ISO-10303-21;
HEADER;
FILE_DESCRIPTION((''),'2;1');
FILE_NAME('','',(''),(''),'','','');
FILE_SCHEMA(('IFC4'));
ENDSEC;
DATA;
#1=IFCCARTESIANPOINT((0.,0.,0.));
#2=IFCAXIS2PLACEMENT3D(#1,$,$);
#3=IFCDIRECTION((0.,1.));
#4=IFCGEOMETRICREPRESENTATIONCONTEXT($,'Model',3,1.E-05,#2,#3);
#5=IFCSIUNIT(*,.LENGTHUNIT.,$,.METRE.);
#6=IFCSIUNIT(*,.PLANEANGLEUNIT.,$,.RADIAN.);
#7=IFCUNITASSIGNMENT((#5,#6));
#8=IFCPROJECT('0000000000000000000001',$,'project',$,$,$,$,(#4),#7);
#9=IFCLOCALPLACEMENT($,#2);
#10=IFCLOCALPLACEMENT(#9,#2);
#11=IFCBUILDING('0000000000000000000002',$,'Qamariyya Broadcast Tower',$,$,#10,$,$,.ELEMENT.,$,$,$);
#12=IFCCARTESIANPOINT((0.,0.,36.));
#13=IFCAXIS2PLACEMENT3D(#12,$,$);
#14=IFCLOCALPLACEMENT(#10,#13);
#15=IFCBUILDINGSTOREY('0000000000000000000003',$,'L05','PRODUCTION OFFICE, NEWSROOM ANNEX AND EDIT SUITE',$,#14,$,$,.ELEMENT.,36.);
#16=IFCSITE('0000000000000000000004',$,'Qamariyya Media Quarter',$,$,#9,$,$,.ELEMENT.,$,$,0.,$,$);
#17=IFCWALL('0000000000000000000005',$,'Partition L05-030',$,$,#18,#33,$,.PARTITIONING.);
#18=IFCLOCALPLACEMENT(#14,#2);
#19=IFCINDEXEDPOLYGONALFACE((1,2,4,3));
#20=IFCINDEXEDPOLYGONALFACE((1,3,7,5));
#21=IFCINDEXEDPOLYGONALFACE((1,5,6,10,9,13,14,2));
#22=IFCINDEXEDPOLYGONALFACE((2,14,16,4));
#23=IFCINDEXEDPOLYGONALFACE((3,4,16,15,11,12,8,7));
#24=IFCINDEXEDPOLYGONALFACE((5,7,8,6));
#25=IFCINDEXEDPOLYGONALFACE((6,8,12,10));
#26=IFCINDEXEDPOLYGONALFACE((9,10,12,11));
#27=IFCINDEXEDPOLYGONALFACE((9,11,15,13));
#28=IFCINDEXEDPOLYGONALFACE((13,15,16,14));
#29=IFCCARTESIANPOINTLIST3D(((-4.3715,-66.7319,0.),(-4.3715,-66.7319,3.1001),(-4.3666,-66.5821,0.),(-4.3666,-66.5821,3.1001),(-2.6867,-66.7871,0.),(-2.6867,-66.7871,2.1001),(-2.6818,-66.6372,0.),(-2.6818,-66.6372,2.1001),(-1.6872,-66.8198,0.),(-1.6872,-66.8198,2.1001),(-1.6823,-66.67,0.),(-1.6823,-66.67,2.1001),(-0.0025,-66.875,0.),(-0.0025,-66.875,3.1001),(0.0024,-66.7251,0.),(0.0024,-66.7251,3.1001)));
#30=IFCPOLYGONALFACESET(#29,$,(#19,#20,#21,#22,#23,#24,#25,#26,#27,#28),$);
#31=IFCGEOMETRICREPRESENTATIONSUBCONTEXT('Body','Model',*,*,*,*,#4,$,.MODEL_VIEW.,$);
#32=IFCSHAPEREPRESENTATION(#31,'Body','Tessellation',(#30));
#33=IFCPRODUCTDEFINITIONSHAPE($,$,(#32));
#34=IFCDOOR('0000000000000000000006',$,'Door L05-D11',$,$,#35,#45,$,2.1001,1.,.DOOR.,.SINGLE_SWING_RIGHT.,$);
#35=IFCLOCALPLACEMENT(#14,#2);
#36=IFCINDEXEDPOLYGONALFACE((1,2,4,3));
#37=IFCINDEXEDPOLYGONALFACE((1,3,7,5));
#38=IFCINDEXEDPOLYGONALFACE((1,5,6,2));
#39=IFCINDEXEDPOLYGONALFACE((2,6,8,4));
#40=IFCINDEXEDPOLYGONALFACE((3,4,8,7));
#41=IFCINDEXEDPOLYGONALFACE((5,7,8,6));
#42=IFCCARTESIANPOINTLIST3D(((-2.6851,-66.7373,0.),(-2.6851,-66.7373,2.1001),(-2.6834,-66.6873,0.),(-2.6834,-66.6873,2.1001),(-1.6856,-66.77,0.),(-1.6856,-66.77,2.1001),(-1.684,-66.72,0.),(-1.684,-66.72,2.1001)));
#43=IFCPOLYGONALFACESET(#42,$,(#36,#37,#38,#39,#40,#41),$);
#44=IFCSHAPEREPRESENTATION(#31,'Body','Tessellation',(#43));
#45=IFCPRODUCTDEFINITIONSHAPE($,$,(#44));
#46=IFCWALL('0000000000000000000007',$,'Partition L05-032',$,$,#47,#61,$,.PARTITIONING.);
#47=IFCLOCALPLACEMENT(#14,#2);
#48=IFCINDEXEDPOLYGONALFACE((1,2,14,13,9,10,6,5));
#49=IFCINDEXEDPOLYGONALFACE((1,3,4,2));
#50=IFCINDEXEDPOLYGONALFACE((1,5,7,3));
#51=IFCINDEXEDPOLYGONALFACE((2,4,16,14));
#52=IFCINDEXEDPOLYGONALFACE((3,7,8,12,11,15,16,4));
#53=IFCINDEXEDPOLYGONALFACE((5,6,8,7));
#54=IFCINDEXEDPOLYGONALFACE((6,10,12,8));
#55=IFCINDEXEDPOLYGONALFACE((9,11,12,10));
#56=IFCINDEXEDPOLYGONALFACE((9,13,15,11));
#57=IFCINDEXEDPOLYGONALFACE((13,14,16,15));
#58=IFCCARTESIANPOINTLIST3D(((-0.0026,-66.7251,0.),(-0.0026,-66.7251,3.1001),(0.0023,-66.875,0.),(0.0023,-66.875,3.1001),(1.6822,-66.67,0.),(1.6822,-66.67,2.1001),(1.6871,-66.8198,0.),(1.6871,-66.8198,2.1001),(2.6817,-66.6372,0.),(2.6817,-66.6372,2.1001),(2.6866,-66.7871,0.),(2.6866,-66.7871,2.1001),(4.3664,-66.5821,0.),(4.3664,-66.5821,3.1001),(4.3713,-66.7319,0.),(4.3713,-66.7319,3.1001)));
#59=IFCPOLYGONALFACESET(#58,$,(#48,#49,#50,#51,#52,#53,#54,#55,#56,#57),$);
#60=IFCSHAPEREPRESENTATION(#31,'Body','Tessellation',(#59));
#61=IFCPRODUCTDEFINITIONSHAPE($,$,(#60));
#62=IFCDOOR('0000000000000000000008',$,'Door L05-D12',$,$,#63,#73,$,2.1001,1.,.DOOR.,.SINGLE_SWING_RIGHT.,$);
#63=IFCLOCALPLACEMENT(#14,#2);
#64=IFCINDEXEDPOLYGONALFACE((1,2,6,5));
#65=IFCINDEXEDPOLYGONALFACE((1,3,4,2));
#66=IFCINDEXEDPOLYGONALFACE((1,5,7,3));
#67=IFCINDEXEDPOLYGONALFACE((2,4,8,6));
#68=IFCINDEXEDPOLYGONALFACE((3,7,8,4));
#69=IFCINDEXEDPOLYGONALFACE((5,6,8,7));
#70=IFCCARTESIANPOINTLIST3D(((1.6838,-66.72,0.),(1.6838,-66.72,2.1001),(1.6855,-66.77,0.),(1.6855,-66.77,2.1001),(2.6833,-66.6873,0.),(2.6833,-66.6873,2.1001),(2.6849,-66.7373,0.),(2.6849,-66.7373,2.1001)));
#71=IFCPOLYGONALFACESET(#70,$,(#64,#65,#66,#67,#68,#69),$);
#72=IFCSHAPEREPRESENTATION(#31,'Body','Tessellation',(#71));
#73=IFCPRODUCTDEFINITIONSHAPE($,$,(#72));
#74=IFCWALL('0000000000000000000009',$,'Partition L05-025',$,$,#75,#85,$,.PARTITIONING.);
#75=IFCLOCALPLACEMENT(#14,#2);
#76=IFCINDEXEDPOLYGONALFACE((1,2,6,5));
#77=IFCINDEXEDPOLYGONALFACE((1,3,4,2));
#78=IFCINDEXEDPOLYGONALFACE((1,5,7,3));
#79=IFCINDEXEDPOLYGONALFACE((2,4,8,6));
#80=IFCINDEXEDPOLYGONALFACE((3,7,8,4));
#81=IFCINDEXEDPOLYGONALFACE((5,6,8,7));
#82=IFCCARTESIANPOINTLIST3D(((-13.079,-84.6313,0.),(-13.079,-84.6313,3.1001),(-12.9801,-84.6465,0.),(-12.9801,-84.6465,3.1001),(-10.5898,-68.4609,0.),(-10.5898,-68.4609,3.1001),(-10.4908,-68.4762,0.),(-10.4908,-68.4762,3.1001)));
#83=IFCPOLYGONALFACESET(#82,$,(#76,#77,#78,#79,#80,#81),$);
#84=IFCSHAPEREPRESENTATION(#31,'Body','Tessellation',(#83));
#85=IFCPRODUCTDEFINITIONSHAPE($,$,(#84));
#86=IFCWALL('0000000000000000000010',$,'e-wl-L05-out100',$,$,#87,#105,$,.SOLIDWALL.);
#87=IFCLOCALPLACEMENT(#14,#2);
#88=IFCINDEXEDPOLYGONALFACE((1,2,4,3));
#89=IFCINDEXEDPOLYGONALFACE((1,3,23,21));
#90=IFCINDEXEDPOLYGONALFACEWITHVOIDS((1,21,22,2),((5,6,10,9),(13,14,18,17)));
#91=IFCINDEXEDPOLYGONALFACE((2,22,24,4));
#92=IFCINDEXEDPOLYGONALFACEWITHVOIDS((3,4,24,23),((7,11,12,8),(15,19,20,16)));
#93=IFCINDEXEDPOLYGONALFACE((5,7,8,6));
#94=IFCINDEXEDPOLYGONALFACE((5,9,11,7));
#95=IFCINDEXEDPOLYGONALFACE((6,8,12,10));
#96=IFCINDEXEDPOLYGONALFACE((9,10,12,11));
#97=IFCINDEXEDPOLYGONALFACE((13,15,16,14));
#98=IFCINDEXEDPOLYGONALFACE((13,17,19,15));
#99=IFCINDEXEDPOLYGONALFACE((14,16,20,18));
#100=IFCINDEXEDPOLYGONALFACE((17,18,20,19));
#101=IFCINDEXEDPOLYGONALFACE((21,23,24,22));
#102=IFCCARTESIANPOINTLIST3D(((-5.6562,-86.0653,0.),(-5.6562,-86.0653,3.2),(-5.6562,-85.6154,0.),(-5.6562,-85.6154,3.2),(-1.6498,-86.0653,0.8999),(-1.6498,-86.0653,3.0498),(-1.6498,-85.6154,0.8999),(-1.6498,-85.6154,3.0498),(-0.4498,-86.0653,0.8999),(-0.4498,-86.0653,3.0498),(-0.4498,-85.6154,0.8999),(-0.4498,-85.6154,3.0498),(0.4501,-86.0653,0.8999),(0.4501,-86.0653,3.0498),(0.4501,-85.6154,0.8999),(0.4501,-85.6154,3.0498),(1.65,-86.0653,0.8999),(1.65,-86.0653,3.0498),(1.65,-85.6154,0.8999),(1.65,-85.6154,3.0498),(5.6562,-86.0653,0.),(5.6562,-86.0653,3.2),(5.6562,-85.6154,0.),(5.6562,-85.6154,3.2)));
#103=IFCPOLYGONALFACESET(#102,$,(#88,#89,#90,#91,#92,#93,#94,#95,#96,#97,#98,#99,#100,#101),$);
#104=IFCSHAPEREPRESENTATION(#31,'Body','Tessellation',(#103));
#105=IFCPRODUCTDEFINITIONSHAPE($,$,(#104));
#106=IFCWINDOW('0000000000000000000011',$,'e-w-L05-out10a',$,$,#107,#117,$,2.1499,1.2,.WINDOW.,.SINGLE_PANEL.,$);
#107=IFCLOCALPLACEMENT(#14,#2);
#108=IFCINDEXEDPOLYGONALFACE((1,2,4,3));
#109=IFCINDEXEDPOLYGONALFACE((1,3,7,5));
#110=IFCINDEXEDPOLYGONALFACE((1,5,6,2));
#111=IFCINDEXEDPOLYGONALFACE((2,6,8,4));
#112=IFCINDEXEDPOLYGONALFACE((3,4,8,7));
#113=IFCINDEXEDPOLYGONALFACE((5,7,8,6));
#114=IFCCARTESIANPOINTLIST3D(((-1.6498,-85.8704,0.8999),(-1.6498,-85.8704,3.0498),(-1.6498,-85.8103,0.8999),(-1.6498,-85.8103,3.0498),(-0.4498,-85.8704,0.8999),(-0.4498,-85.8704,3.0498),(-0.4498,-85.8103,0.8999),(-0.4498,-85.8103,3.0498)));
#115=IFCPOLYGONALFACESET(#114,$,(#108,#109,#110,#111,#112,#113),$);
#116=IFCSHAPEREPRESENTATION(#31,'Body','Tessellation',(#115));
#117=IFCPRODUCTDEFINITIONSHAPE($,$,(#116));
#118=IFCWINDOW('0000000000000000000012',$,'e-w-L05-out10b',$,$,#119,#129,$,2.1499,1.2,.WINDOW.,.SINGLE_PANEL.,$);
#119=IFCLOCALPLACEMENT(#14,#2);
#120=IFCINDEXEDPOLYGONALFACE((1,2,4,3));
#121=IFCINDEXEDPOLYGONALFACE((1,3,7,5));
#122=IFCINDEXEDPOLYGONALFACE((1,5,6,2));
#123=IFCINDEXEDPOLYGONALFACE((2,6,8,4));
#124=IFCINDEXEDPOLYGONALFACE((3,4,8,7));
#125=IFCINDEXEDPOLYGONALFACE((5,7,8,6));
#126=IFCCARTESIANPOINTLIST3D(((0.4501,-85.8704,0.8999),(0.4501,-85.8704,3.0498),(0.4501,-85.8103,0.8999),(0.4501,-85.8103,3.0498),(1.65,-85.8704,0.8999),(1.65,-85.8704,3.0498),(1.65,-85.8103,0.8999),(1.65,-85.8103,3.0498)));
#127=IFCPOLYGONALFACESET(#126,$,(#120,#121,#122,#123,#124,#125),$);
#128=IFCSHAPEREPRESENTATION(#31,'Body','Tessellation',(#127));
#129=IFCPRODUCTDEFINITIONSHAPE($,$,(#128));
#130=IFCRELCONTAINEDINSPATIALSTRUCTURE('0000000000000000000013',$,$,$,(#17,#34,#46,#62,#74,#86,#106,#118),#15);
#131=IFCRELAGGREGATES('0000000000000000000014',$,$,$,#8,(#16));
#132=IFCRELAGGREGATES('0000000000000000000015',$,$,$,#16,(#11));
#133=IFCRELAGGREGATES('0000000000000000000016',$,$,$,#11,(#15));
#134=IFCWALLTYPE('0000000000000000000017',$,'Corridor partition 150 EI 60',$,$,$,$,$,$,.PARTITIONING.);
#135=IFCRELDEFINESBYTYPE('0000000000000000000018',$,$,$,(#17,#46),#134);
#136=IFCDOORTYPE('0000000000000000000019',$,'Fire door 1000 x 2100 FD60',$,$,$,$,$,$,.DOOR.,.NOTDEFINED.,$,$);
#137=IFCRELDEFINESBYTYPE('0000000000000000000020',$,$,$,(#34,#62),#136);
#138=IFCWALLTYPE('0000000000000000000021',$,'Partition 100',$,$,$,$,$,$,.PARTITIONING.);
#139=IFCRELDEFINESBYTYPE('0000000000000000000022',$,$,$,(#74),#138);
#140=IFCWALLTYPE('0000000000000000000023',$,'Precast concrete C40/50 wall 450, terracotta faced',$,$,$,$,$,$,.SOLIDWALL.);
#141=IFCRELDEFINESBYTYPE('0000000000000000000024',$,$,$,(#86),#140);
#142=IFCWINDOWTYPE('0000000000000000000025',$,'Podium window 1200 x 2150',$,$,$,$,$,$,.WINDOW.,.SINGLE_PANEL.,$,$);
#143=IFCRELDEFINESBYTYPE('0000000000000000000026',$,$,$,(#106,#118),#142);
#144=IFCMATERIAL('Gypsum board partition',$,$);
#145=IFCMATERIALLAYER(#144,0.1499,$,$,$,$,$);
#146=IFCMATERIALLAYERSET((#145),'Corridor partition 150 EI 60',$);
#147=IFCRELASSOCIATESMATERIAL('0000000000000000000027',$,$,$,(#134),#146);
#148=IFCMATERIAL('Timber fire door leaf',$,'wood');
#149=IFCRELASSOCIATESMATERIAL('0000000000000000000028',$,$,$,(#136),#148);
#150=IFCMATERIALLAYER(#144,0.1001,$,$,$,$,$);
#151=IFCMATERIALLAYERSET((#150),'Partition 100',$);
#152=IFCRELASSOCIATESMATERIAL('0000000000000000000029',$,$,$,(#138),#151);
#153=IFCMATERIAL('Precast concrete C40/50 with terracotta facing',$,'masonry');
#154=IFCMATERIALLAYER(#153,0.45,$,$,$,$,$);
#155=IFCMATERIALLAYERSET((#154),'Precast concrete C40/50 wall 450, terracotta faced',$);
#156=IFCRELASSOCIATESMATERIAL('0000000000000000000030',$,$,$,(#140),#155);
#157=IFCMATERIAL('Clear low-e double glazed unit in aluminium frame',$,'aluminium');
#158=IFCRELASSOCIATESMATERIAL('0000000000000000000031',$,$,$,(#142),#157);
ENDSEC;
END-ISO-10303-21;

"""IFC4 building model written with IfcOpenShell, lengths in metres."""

from ifc_helpers import new_model, si_unit, direction, frame, frame_2d, origin, place, context, subcontext, project, spatial, rectangle, extrude, material, layer, layer_set, type_object, element, fill, save


model = new_model("IFC4")

# Units and contexts
model_context = context("Model", 3, precision=1e-05, world=origin(), true_north=direction((0.0, 1.0)))
body_context = subcontext(model_context, "Body", "Model", "MODEL_VIEW")
ifc_project = project(units=[si_unit("LENGTHUNIT", "METRE"), si_unit("PLANEANGLEUNIT", "RADIAN")], contexts=[model_context])

# Site, building, storey
site_placement = place(None, origin())
site = spatial("IfcSite", under=ifc_project, at=site_placement, Name="Qamariyya Media Quarter", CompositionType="ELEMENT", RefElevation=0.0)
building_placement = place(site_placement, origin())
building = spatial("IfcBuilding", under=site, at=building_placement, Name="Qamariyya Broadcast Tower", CompositionType="ELEMENT")
storey_placement = place(building_placement, frame((0.0, 0.0, 36.0)))
storey = spatial("IfcBuildingStorey", under=building, at=storey_placement, Name="L05", Description="PRODUCTION OFFICE, NEWSROOM ANNEX AND EDIT SUITE", CompositionType="ELEMENT", Elevation=36.0)

# Walls, openings, doors
ifc_material_1 = material(Name="Gypsum board partition")
ifc_layer_1 = layer(ifc_material_1, 0.1499)
ifc_layer_set_1 = layer_set([ifc_layer_1], Name="Corridor partition 150 EI 60")
wall_type_1 = type_object("IfcWallType", Name="Corridor partition 150 EI 60", PredefinedType="PARTITIONING", material=ifc_layer_set_1)
ifc_material_2 = material(Name="Timber fire door leaf", Category="wood")
door_type_1 = type_object("IfcDoorType", Name="Fire door 1000 x 2100 FD60", OperationType="NOTDEFINED", PredefinedType="DOOR", material=ifc_material_2)
wall_1_placement = place(storey_placement, frame((-4.3689, -66.657, 0.0), z_axis=(0.0, 0.0, 1.0), x_axis=(0.999464, -0.032729, 0.0)))
wall_1 = element("IfcWall", 1, at=wall_1_placement, inside=storey, type_object=wall_type_1, Name="Partition L05-030", PredefinedType="PARTITIONING", context=body_context, shape_type="SweptSolid", body=[
    extrude(rectangle(XDim=4.3713, YDim=0.1499, at=frame_2d((2.1855, 0.0))), origin(), (0.0, 0.0, 1.0), 3.1001),
])
opening_1_placement = place(wall_1_placement, frame((1.6855, 0.0, 0.0)))
opening_1 = element("IfcOpeningElement", 2, at=opening_1_placement, cuts=wall_1, PredefinedType="OPENING", context=body_context, shape_type="SweptSolid", body=[
    extrude(rectangle(XDim=1.0, YDim=2.1001, at=frame_2d((0.5, 1.05))), frame((0.0, 0.085, 0.0), z_axis=(0.0, -1.0, 0.0), x_axis=(1.0, 0.0, 0.0)), (0.0, 0.0, 1.0), 0.1699),
])
door_1_placement = place(opening_1_placement, origin())
door_1 = element("IfcDoor", 3, at=door_1_placement, inside=storey, type_object=door_type_1, Name="Door L05-D11", OperationType="SINGLE_SWING_RIGHT", OverallHeight=2.1001, OverallWidth=1.0, PredefinedType="DOOR", context=body_context, shape_type="SweptSolid", body=[
    extrude(rectangle(XDim=1.0, YDim=2.1001, at=frame_2d((0.5, 1.05))), frame((0.0, 0.0249, 0.0), z_axis=(0.0, -1.0, 0.0), x_axis=(1.0, 0.0, 0.0)), (0.0, 0.0, 1.0), 0.05),
])
fill(opening_1, door_1)
wall_2_placement = place(storey_placement, frame((0.0, -66.8, 0.0), z_axis=(0.0, 0.0, 1.0), x_axis=(0.999464, 0.032729, 0.0)))
wall_2 = element("IfcWall", 4, at=wall_2_placement, inside=storey, type_object=wall_type_1, Name="Partition L05-032", PredefinedType="PARTITIONING", context=body_context, shape_type="SweptSolid", body=[
    extrude(rectangle(XDim=4.3713, YDim=0.1499, at=frame_2d((2.1855, 0.0))), origin(), (0.0, 0.0, 1.0), 3.1001),
])
opening_2_placement = place(wall_2_placement, frame((1.6855, 0.0, 0.0)))
opening_2 = element("IfcOpeningElement", 5, at=opening_2_placement, cuts=wall_2, PredefinedType="OPENING", context=body_context, shape_type="SweptSolid", body=[
    extrude(rectangle(XDim=1.0, YDim=2.1001, at=frame_2d((0.5, 1.05))), frame((0.0, 0.085, 0.0), z_axis=(0.0, -1.0, 0.0), x_axis=(1.0, 0.0, 0.0)), (0.0, 0.0, 1.0), 0.1699),
])
door_2_placement = place(opening_2_placement, origin())
door_2 = element("IfcDoor", 6, at=door_2_placement, inside=storey, type_object=door_type_1, Name="Door L05-D12", OperationType="SINGLE_SWING_RIGHT", OverallHeight=2.1001, OverallWidth=1.0, PredefinedType="DOOR", context=body_context, shape_type="SweptSolid", body=[
    extrude(rectangle(XDim=1.0, YDim=2.1001, at=frame_2d((0.5, 1.05))), frame((0.0, 0.0249, 0.0), z_axis=(0.0, -1.0, 0.0), x_axis=(1.0, 0.0, 0.0)), (0.0, 0.0, 1.0), 0.05),
])
fill(opening_2, door_2)

# Wall
ifc_layer_2 = layer(ifc_material_1, 0.1001)
ifc_layer_set_2 = layer_set([ifc_layer_2], Name="Partition 100")
wall_type_2 = type_object("IfcWallType", Name="Partition 100", PredefinedType="PARTITIONING", material=ifc_layer_set_2)
wall_3_placement = place(storey_placement, frame((-13.0295, -84.6389, 0.0), z_axis=(0.0, 0.0, 1.0), x_axis=(0.152147, 0.988358, 0.0)))
element("IfcWall", 7, at=wall_3_placement, inside=storey, type_object=wall_type_2, Name="Partition L05-025", PredefinedType="PARTITIONING", context=body_context, shape_type="SweptSolid", body=[
    extrude(rectangle(XDim=16.3608, YDim=0.1001, at=frame_2d((8.1804, 0.0))), origin(), (0.0, 0.0, 1.0), 3.1001),
])

# Wall, openings, windows
ifc_material_3 = material(Name="Precast concrete C40/50 with terracotta facing", Category="masonry")
ifc_layer_3 = layer(ifc_material_3, 0.45)
ifc_layer_set_3 = layer_set([ifc_layer_3], Name="Precast concrete C40/50 wall 450, terracotta faced")
wall_type_3 = type_object("IfcWallType", Name="Precast concrete C40/50 wall 450, terracotta faced", PredefinedType="SOLIDWALL", material=ifc_layer_set_3)
wall_4_placement = place(storey_placement, frame((-5.6562, -85.8403, 0.0), z_axis=(0.0, 0.0, 1.0), x_axis=(1.0, 0.0, 0.0)))
wall_4 = element("IfcWall", 8, at=wall_4_placement, inside=storey, type_object=wall_type_3, Name="e-wl-L05-out100", PredefinedType="SOLIDWALL", context=body_context, shape_type="SweptSolid", body=[
    extrude(rectangle(XDim=11.3125, YDim=0.45, at=frame_2d((5.6562, 0.0))), origin(), (0.0, 0.0, 1.0), 3.2),
])
opening_3_placement = place(wall_4_placement, frame((4.0063, 0.0, 0.8999)))
opening_3 = element("IfcOpeningElement", 9, at=opening_3_placement, cuts=wall_4, PredefinedType="OPENING", context=body_context, shape_type="SweptSolid", body=[
    extrude(rectangle(XDim=1.2, YDim=2.1499, at=frame_2d((0.6001, 1.075))), frame((0.0, 0.2349, 0.0), z_axis=(0.0, -1.0, 0.0), x_axis=(1.0, 0.0, 0.0)), (0.0, 0.0, 1.0), 0.47),
])
opening_4_placement = place(wall_4_placement, frame((6.1062, 0.0, 0.8999)))
opening_4 = element("IfcOpeningElement", 10, at=opening_4_placement, cuts=wall_4, PredefinedType="OPENING", context=body_context, shape_type="SweptSolid", body=[
    extrude(rectangle(XDim=1.2, YDim=2.1499, at=frame_2d((0.6001, 1.075))), frame((0.0, 0.2349, 0.0), z_axis=(0.0, -1.0, 0.0), x_axis=(1.0, 0.0, 0.0)), (0.0, 0.0, 1.0), 0.47),
])
ifc_material_4 = material(Name="Clear low-e double glazed unit in aluminium frame", Category="aluminium")
window_type = type_object("IfcWindowType", Name="Podium window 1200 x 2150", PartitioningType="SINGLE_PANEL", PredefinedType="WINDOW", material=ifc_material_4)
window_1_placement = place(opening_3_placement, origin())
window_1 = element("IfcWindow", 11, at=window_1_placement, inside=storey, type_object=window_type, Name="e-w-L05-out10a", OverallHeight=2.1499, OverallWidth=1.2, PartitioningType="SINGLE_PANEL", PredefinedType="WINDOW", context=body_context, shape_type="SweptSolid", body=[
    extrude(rectangle(XDim=1.2, YDim=2.1499, at=frame_2d((0.6001, 1.075))), frame((0.0, 0.03, 0.0), z_axis=(0.0, -1.0, 0.0), x_axis=(1.0, 0.0, 0.0)), (0.0, 0.0, 1.0), 0.0601),
])
fill(opening_3, window_1)
window_2_placement = place(opening_4_placement, origin())
window_2 = element("IfcWindow", 12, at=window_2_placement, inside=storey, type_object=window_type, Name="e-w-L05-out10b", OverallHeight=2.1499, OverallWidth=1.2, PartitioningType="SINGLE_PANEL", PredefinedType="WINDOW", context=body_context, shape_type="SweptSolid", body=[
    extrude(rectangle(XDim=1.2, YDim=2.1499, at=frame_2d((0.6001, 1.075))), frame((0.0, 0.03, 0.0), z_axis=(0.0, -1.0, 0.0), x_axis=(1.0, 0.0, 0.0)), (0.0, 0.0, 1.0), 0.0601),
])
fill(opening_4, window_2)

save(model, "model.ifc")
